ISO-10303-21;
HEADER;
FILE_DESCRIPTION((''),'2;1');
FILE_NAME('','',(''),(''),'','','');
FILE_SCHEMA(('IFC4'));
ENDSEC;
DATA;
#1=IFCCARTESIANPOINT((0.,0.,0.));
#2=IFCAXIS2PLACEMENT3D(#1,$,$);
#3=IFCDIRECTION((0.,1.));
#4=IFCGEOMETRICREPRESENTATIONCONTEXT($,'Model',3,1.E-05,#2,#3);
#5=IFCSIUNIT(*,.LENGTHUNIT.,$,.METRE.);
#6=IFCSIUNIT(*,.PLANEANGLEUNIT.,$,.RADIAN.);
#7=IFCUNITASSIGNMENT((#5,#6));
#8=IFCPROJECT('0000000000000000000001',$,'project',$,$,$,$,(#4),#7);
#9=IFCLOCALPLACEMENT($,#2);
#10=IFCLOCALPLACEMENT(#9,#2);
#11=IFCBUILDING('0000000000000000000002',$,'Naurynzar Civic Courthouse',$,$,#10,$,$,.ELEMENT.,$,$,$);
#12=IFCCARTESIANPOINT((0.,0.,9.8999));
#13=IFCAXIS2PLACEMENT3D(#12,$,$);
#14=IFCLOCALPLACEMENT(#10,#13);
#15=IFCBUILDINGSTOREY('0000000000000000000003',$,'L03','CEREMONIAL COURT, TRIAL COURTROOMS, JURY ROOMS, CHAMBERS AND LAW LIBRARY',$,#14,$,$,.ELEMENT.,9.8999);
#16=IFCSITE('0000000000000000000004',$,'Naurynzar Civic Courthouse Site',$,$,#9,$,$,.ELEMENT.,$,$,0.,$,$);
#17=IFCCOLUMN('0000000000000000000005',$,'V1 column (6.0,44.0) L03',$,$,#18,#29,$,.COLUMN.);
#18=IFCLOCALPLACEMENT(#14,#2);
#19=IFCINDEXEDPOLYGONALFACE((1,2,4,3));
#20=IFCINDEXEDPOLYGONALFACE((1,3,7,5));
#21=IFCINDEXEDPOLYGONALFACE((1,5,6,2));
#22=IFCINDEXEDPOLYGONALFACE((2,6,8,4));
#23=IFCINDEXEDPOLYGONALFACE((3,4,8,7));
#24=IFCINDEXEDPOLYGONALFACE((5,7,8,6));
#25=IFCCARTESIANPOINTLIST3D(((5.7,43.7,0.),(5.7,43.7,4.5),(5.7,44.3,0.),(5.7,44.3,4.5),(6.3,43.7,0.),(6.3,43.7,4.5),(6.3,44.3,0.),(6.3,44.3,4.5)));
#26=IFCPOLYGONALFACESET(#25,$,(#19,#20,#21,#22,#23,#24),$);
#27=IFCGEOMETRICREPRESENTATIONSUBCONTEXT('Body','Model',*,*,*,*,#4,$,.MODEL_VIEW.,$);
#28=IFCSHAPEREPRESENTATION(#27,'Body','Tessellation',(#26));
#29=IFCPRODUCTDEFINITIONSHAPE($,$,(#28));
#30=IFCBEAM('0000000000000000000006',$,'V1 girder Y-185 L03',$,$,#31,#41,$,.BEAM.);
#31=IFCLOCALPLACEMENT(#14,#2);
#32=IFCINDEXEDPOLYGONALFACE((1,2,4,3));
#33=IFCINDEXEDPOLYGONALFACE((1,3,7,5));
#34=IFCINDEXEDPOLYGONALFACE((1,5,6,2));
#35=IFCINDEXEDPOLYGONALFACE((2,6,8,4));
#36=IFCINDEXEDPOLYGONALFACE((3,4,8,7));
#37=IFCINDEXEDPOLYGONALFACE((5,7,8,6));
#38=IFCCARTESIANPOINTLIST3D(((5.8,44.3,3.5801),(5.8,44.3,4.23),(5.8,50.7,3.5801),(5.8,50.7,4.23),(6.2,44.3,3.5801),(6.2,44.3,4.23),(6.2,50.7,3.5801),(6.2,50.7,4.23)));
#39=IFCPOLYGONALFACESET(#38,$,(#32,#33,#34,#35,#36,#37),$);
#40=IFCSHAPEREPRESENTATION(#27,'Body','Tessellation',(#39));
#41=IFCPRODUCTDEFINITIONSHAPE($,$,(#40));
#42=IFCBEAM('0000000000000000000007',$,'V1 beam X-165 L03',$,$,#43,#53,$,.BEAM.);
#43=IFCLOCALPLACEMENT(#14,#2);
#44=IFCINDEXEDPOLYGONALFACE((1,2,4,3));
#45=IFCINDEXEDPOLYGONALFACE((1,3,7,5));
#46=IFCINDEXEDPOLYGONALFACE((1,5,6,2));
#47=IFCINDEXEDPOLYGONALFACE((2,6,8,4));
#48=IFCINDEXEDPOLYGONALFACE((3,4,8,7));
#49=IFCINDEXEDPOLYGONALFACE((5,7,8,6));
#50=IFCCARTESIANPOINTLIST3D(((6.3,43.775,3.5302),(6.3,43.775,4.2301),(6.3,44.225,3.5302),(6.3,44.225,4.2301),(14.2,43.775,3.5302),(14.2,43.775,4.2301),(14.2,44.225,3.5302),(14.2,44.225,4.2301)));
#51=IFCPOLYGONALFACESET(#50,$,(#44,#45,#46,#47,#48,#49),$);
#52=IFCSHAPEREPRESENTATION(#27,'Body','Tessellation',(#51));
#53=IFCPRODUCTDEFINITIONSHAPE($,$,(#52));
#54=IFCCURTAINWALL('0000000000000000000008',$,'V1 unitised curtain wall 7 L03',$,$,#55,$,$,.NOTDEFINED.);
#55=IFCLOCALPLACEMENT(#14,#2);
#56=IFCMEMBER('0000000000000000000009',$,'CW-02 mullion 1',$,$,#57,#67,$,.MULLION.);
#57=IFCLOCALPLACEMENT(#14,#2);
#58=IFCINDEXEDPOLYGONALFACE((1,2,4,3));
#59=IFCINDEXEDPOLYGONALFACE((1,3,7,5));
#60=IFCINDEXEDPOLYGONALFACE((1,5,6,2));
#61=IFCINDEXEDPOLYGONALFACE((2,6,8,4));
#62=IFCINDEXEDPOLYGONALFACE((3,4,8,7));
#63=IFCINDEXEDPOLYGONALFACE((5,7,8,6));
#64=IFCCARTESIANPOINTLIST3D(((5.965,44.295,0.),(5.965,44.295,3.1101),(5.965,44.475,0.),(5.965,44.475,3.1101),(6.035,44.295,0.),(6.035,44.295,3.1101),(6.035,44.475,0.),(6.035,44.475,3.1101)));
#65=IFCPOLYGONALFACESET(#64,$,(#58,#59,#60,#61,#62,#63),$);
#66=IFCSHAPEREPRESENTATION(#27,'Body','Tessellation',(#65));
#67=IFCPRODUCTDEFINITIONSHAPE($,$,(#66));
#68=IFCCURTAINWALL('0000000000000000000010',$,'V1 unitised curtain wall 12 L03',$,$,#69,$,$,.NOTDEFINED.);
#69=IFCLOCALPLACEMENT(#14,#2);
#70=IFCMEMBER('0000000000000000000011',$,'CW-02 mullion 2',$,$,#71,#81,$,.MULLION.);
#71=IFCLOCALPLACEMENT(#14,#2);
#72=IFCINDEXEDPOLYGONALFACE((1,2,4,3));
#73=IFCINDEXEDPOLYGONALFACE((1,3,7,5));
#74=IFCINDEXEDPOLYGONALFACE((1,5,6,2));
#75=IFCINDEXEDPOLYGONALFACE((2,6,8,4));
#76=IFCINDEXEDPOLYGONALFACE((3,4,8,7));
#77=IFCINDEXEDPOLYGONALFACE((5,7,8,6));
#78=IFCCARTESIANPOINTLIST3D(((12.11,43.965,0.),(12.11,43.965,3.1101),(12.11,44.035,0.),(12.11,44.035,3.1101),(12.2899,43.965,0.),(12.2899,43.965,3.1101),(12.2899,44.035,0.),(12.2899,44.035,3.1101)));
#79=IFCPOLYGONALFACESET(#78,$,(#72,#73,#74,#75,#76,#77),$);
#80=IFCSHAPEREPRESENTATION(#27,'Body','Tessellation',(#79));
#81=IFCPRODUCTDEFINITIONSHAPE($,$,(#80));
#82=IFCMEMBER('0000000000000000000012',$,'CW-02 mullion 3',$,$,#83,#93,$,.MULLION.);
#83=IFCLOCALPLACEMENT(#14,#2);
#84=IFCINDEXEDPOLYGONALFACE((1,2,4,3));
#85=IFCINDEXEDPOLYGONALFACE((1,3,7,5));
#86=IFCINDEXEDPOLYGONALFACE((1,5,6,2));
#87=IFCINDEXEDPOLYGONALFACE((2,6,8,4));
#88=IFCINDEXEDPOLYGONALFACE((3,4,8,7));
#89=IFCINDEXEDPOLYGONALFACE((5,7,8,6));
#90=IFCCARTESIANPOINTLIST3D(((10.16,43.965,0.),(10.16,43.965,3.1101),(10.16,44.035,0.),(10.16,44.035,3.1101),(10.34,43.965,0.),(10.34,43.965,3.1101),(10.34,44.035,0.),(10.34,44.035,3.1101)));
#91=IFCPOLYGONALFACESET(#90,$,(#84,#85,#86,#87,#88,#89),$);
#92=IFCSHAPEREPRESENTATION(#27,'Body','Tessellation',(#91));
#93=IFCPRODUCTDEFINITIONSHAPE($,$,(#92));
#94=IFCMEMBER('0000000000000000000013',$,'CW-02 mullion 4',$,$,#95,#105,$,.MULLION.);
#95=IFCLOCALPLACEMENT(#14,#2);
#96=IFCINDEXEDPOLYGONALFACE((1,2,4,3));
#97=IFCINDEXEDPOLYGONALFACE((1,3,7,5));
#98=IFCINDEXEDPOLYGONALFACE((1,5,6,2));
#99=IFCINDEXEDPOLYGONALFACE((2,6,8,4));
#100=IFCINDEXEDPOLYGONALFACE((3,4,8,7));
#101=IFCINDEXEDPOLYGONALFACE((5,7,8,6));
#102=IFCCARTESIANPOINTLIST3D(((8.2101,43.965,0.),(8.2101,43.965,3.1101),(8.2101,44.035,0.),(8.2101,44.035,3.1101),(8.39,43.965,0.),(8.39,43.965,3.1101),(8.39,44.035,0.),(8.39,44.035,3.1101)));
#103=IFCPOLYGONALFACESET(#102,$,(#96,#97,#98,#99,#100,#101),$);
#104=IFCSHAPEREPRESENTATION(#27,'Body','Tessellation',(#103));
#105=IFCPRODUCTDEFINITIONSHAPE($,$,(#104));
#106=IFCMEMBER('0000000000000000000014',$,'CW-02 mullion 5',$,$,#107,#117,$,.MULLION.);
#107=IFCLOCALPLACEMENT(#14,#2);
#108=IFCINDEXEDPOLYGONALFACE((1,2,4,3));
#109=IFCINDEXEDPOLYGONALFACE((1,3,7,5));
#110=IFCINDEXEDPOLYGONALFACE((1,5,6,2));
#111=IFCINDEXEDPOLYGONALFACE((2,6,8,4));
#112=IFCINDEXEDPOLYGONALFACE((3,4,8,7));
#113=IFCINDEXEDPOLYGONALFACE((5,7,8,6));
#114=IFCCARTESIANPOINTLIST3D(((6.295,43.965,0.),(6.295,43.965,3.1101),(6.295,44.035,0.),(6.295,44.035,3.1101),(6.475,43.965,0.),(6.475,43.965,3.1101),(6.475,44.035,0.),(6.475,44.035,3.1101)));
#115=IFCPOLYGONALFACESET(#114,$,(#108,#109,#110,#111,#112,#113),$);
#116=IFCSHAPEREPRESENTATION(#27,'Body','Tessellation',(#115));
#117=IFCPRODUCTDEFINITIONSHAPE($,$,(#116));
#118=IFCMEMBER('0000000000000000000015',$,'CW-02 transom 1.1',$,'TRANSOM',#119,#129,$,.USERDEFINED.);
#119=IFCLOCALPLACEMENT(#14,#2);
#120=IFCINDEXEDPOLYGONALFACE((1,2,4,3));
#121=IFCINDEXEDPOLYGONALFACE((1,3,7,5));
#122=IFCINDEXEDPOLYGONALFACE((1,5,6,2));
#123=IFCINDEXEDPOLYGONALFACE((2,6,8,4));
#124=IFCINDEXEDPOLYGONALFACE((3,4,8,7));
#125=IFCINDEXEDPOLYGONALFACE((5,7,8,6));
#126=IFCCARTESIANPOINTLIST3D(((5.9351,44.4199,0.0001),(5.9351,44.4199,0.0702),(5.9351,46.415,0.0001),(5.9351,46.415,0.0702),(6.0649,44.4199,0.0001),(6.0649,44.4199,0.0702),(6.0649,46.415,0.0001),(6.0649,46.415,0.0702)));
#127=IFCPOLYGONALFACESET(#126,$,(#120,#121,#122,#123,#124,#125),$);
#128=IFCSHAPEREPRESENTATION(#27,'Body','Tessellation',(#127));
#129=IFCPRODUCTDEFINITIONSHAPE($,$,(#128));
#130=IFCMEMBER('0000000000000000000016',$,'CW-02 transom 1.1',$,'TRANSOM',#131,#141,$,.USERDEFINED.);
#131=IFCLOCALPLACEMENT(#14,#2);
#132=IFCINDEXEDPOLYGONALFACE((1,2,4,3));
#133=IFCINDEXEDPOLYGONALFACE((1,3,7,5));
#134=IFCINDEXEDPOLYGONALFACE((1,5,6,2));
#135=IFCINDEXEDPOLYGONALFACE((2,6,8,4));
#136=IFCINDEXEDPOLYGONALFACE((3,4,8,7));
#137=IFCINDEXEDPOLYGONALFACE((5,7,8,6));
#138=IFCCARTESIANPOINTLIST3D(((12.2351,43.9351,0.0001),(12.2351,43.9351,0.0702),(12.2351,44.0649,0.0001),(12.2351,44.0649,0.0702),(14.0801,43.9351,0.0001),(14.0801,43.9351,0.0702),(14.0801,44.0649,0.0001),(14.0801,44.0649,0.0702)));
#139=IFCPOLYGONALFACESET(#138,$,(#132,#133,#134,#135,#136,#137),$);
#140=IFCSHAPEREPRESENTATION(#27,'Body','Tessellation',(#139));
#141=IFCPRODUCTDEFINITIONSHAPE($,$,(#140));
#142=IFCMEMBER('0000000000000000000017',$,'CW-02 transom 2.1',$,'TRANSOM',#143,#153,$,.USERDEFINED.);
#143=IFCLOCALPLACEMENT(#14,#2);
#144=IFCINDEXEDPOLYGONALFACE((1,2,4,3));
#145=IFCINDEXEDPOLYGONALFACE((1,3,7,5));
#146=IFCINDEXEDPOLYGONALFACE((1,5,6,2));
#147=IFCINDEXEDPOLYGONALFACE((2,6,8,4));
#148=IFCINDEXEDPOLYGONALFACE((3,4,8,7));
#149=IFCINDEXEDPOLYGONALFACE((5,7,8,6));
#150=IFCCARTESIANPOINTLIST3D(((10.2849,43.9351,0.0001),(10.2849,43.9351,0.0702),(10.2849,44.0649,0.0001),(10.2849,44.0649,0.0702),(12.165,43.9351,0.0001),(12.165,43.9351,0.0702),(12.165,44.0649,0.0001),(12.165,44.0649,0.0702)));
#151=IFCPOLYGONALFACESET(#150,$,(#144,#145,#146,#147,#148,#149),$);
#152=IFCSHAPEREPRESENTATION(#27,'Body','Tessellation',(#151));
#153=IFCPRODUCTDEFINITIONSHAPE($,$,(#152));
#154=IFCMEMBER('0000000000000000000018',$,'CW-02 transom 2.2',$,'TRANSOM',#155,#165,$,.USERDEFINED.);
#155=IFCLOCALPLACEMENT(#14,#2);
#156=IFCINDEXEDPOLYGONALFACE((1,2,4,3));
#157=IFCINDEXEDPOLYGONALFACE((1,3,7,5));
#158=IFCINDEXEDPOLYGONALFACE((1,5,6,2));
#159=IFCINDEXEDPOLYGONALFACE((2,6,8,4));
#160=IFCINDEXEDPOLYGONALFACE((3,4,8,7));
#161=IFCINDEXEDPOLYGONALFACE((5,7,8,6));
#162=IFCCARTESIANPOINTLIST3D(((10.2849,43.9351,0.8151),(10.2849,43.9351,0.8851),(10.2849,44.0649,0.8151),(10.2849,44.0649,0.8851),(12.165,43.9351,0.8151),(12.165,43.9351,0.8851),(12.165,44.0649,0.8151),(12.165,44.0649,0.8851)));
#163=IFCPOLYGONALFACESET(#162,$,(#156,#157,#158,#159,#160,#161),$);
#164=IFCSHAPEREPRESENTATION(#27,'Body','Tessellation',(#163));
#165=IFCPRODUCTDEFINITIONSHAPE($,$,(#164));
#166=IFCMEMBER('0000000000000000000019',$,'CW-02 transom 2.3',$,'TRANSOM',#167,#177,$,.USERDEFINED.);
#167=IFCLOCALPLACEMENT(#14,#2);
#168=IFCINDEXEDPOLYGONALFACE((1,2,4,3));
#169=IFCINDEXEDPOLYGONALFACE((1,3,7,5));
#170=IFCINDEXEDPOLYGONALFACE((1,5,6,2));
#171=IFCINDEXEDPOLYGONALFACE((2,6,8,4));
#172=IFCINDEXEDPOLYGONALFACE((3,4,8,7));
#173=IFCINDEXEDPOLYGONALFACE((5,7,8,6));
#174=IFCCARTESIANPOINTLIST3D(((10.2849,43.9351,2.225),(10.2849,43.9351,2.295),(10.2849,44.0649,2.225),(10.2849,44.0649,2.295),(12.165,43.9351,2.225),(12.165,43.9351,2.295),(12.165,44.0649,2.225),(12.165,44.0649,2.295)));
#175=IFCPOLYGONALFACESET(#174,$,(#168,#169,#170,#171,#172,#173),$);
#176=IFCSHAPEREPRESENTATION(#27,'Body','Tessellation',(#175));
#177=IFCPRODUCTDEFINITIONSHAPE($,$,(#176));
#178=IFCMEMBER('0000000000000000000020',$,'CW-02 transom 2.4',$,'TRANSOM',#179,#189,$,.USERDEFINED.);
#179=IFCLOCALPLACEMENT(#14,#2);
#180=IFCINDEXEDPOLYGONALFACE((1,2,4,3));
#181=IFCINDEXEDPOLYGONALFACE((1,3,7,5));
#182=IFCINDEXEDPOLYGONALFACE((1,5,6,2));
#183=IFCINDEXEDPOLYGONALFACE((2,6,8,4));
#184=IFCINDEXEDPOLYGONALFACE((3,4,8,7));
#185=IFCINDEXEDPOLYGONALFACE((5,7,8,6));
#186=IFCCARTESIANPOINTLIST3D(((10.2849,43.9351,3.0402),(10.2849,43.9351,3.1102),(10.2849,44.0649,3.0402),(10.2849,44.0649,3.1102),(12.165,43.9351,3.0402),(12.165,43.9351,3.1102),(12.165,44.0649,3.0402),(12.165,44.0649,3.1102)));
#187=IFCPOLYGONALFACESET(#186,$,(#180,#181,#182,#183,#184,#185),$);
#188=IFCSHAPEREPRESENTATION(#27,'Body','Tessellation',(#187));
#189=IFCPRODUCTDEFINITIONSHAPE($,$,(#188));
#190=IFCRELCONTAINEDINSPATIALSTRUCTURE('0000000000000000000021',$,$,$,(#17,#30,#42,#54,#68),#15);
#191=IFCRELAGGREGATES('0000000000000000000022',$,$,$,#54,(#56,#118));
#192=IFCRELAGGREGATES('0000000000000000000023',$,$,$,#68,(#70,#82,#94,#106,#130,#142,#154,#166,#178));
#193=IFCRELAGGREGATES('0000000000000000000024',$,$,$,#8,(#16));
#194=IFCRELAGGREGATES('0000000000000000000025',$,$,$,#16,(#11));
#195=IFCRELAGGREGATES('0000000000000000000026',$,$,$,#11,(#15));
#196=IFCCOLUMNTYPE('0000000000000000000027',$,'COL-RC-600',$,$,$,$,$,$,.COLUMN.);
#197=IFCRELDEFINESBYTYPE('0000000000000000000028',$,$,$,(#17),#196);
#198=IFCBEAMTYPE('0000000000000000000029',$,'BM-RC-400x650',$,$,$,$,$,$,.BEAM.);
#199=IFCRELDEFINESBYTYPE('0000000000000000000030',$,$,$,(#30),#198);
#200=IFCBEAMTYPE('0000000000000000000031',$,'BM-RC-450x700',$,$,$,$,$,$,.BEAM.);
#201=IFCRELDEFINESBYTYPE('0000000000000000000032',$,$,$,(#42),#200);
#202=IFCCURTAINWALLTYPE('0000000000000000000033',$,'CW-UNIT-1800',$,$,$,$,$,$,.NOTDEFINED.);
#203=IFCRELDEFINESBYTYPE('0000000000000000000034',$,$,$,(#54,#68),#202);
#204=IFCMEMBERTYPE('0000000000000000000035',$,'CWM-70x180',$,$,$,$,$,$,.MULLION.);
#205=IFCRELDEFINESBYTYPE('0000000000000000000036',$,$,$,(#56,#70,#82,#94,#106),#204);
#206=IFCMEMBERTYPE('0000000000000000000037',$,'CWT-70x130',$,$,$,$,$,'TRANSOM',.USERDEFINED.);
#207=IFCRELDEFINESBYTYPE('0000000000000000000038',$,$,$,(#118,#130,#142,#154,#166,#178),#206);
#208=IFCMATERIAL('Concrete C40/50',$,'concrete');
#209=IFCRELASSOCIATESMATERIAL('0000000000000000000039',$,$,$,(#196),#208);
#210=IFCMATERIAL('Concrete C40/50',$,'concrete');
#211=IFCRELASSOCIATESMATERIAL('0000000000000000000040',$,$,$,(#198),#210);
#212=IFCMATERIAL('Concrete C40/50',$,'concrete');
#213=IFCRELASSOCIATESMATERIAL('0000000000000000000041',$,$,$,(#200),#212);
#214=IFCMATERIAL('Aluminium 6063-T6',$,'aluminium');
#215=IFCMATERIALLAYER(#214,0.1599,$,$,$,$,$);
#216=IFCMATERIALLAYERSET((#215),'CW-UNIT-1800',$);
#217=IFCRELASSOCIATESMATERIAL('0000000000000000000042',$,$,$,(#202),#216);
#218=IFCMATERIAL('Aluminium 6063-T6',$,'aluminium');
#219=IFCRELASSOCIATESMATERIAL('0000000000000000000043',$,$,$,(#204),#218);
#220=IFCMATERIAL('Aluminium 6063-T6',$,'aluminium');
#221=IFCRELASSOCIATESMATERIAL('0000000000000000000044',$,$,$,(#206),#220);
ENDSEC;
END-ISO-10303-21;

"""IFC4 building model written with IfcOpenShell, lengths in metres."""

from ifc_helpers import new_model, si_unit, direction, frame, origin, origin_2d, place, context, subcontext, project, spatial, rectangle, extrude, material, layer, layer_set, material_profile, profile_set, type_object, element, aggregate, save


model = new_model("IFC4")

# Units and contexts
model_context = context("Model", 3, precision=1e-05, world=origin(), true_north=direction((0.0, 1.0)))
body_context = subcontext(model_context, "Body", "Model", "MODEL_VIEW")
ifc_project = project(units=[si_unit("LENGTHUNIT", "METRE"), si_unit("PLANEANGLEUNIT", "RADIAN")], contexts=[model_context])

# Site, building, storey
site_placement = place(None, origin())
site = spatial("IfcSite", under=ifc_project, at=site_placement, Name="Naurynzar Civic Courthouse Site", CompositionType="ELEMENT", RefElevation=0.0)
building_placement = place(site_placement, origin())
building = spatial("IfcBuilding", under=site, at=building_placement, Name="Naurynzar Civic Courthouse", CompositionType="ELEMENT")
storey_placement = place(building_placement, frame((0.0, 0.0, 9.8999)))
storey = spatial("IfcBuildingStorey", under=building, at=storey_placement, Name="L03", Description="CEREMONIAL COURT, TRIAL COURTROOMS, JURY ROOMS, CHAMBERS AND LAW LIBRARY", CompositionType="ELEMENT", Elevation=9.8999)

# Column
ifc_material_1 = material(Name="Concrete C40/50", Category="concrete")
ifc_material_profile_1 = material_profile(ifc_material_1, rectangle(XDim=0.6001, YDim=0.6001, at=origin_2d()), Name="RC 600x600")
ifc_profile_set_1 = profile_set([ifc_material_profile_1], Name="Concrete C40/50")
column_type = type_object("IfcColumnType", Name="COL-RC-600", PredefinedType="COLUMN", material=ifc_profile_set_1)
column_placement = place(storey_placement, frame((6.0, 44.0, 0.0), z_axis=(0.0, 0.0, 1.0), x_axis=(1.0, 0.0, 0.0)))
element("IfcColumn", 1, at=column_placement, inside=storey, type_object=column_type, Name="V1 column (6.0,44.0) L03", PredefinedType="COLUMN", context=body_context, shape_type="SweptSolid", body=[
    extrude(rectangle(XDim=0.6001, YDim=0.6001, at=origin_2d()), origin(), (0.0, 0.0, 1.0), 4.5),
])

# Beams
ifc_material_2 = material(Name="Concrete C40/50", Category="concrete")
ifc_material_profile_2 = material_profile(ifc_material_2, rectangle(XDim=0.3999, YDim=0.6499, at=origin_2d()), Name="RCB 400x650")
ifc_profile_set_2 = profile_set([ifc_material_profile_2], Name="Concrete C40/50")
beam_type_1 = type_object("IfcBeamType", Name="BM-RC-400x650", PredefinedType="BEAM", material=ifc_profile_set_2)
beam_1_placement = place(storey_placement, frame((6.0, 44.3, 3.905), z_axis=(0.0, 1.0, 0.0), x_axis=(-1.0, 0.0, 0.0)))
element("IfcBeam", 2, at=beam_1_placement, inside=storey, type_object=beam_type_1, Name="V1 girder Y-185 L03", PredefinedType="BEAM", context=body_context, shape_type="SweptSolid", body=[
    extrude(rectangle(XDim=0.3999, YDim=0.6499, at=origin_2d()), origin(), (0.0, 0.0, 1.0), 6.3999),
])
ifc_material_3 = material(Name="Concrete C40/50", Category="concrete")
ifc_material_profile_3 = material_profile(ifc_material_3, rectangle(XDim=0.45, YDim=0.7, at=origin_2d()), Name="RCB 450x700")
ifc_profile_set_3 = profile_set([ifc_material_profile_3], Name="Concrete C40/50")
beam_type_2 = type_object("IfcBeamType", Name="BM-RC-450x700", PredefinedType="BEAM", material=ifc_profile_set_3)
beam_2_placement = place(storey_placement, frame((6.3, 44.0, 3.8801), z_axis=(1.0, 0.0, 0.0), x_axis=(0.0, 1.0, 0.0)))
element("IfcBeam", 3, at=beam_2_placement, inside=storey, type_object=beam_type_2, Name="V1 beam X-165 L03", PredefinedType="BEAM", context=body_context, shape_type="SweptSolid", body=[
    extrude(rectangle(XDim=0.45, YDim=0.7, at=origin_2d()), origin(), (0.0, 0.0, 1.0), 7.8999),
])

# Curtain wall, member
ifc_material_4 = material(Name="Aluminium 6063-T6", Category="aluminium")
ifc_layer_1 = layer(ifc_material_4, 0.1599)
ifc_layer_set_1 = layer_set([ifc_layer_1], Name="CW-UNIT-1800")
curtain_wall_type = type_object("IfcCurtainWallType", Name="CW-UNIT-1800", PredefinedType="NOTDEFINED", material=ifc_layer_set_1)
curtain_wall_1_placement = place(storey_placement, origin())
curtain_wall_1 = element("IfcCurtainWall", 4, at=curtain_wall_1_placement, inside=storey, type_object=curtain_wall_type, Name="V1 unitised curtain wall 7 L03", PredefinedType="NOTDEFINED")
ifc_material_5 = material(Name="Aluminium 6063-T6", Category="aluminium")
ifc_material_profile_4 = material_profile(ifc_material_5, rectangle(XDim=0.0701, YDim=0.1799, at=origin_2d()), Name="ALU MULLION 70x180")
ifc_profile_set_4 = profile_set([ifc_material_profile_4], Name="Aluminium 6063-T6")
member_type_1 = type_object("IfcMemberType", Name="CWM-70x180", PredefinedType="MULLION", material=ifc_profile_set_4)
member_1_placement = place(storey_placement, frame((6.0, 44.385, 0.0), z_axis=(0.0, 0.0, 1.0), x_axis=(-1.0, 0.0, 0.0)))
member_1 = element("IfcMember", 5, at=member_1_placement, type_object=member_type_1, Name="CW-02 mullion 1", PredefinedType="MULLION", context=body_context, shape_type="SweptSolid", body=[
    extrude(rectangle(XDim=0.0701, YDim=0.1799, at=origin_2d()), origin(), (0.0, 0.0, 1.0), 3.1101),
])

# Curtain wall, members
curtain_wall_2_placement = place(storey_placement, origin())
curtain_wall_2 = element("IfcCurtainWall", 6, at=curtain_wall_2_placement, inside=storey, type_object=curtain_wall_type, Name="V1 unitised curtain wall 12 L03", PredefinedType="NOTDEFINED")
member_2_placement = place(storey_placement, frame((12.2, 44.0, 0.0), z_axis=(0.0, 0.0, 1.0), x_axis=(0.0, -1.0, 0.0)))
member_2 = element("IfcMember", 7, at=member_2_placement, type_object=member_type_1, Name="CW-02 mullion 2", PredefinedType="MULLION", context=body_context, shape_type="SweptSolid", body=[
    extrude(rectangle(XDim=0.0701, YDim=0.1799, at=origin_2d()), origin(), (0.0, 0.0, 1.0), 3.1101),
])
member_3_placement = place(storey_placement, frame((10.25, 44.0, 0.0), z_axis=(0.0, 0.0, 1.0), x_axis=(0.0, -1.0, 0.0)))
member_3 = element("IfcMember", 8, at=member_3_placement, type_object=member_type_1, Name="CW-02 mullion 3", PredefinedType="MULLION", context=body_context, shape_type="SweptSolid", body=[
    extrude(rectangle(XDim=0.0701, YDim=0.1799, at=origin_2d()), origin(), (0.0, 0.0, 1.0), 3.1101),
])
member_4_placement = place(storey_placement, frame((8.3, 44.0, 0.0), z_axis=(0.0, 0.0, 1.0), x_axis=(0.0, -1.0, 0.0)))
member_4 = element("IfcMember", 9, at=member_4_placement, type_object=member_type_1, Name="CW-02 mullion 4", PredefinedType="MULLION", context=body_context, shape_type="SweptSolid", body=[
    extrude(rectangle(XDim=0.0701, YDim=0.1799, at=origin_2d()), origin(), (0.0, 0.0, 1.0), 3.1101),
])
member_5_placement = place(storey_placement, frame((6.385, 44.0, 0.0), z_axis=(0.0, 0.0, 1.0), x_axis=(0.0, -1.0, 0.0)))
member_5 = element("IfcMember", 10, at=member_5_placement, type_object=member_type_1, Name="CW-02 mullion 5", PredefinedType="MULLION", context=body_context, shape_type="SweptSolid", body=[
    extrude(rectangle(XDim=0.0701, YDim=0.1799, at=origin_2d()), origin(), (0.0, 0.0, 1.0), 3.1101),
])

# Members
ifc_material_6 = material(Name="Aluminium 6063-T6", Category="aluminium")
ifc_material_profile_5 = material_profile(ifc_material_6, rectangle(XDim=0.1299, YDim=0.0701, at=origin_2d()), Name="ALU TRANSOM 70x130")
ifc_profile_set_5 = profile_set([ifc_material_profile_5], Name="Aluminium 6063-T6")
member_type_2 = type_object("IfcMemberType", Name="CWT-70x130", ElementType="TRANSOM", PredefinedType="USERDEFINED", material=ifc_profile_set_5)
member_6_placement = place(storey_placement, frame((6.0, 44.4199, 0.0352), z_axis=(0.0, 1.0, 0.0), x_axis=(-1.0, 0.0, 0.0)))
member_6 = element("IfcMember", 11, at=member_6_placement, type_object=member_type_2, Name="CW-02 transom 1.1", ObjectType="TRANSOM", PredefinedType="USERDEFINED", context=body_context, shape_type="SweptSolid", body=[
    extrude(rectangle(XDim=0.1299, YDim=0.0701, at=origin_2d()), origin(), (0.0, 0.0, 1.0), 1.9951),
])
aggregate(curtain_wall_1, [member_1, member_6])
member_7_placement = place(storey_placement, frame((14.0801, 44.0, 0.0352), z_axis=(-1.0, 0.0, 0.0), x_axis=(0.0, -1.0, 0.0)))
member_7 = element("IfcMember", 12, at=member_7_placement, type_object=member_type_2, Name="CW-02 transom 1.1", ObjectType="TRANSOM", PredefinedType="USERDEFINED", context=body_context, shape_type="SweptSolid", body=[
    extrude(rectangle(XDim=0.1299, YDim=0.0701, at=origin_2d()), origin(), (0.0, 0.0, 1.0), 1.845),
])
member_8_placement = place(storey_placement, frame((12.165, 44.0, 0.0352), z_axis=(-1.0, 0.0, 0.0), x_axis=(0.0, -1.0, 0.0)))
member_8 = element("IfcMember", 13, at=member_8_placement, type_object=member_type_2, Name="CW-02 transom 2.1", ObjectType="TRANSOM", PredefinedType="USERDEFINED", context=body_context, shape_type="SweptSolid", body=[
    extrude(rectangle(XDim=0.1299, YDim=0.0701, at=origin_2d()), origin(), (0.0, 0.0, 1.0), 1.8801),
])
member_9_placement = place(storey_placement, frame((12.165, 44.0, 0.8501), z_axis=(-1.0, 0.0, 0.0), x_axis=(0.0, -1.0, 0.0)))
member_9 = element("IfcMember", 14, at=member_9_placement, type_object=member_type_2, Name="CW-02 transom 2.2", ObjectType="TRANSOM", PredefinedType="USERDEFINED", context=body_context, shape_type="SweptSolid", body=[
    extrude(rectangle(XDim=0.1299, YDim=0.0701, at=origin_2d()), origin(), (0.0, 0.0, 1.0), 1.8801),
])
member_10_placement = place(storey_placement, frame((12.165, 44.0, 2.26), z_axis=(-1.0, 0.0, 0.0), x_axis=(0.0, -1.0, 0.0)))
member_10 = element("IfcMember", 15, at=member_10_placement, type_object=member_type_2, Name="CW-02 transom 2.3", ObjectType="TRANSOM", PredefinedType="USERDEFINED", context=body_context, shape_type="SweptSolid", body=[
    extrude(rectangle(XDim=0.1299, YDim=0.0701, at=origin_2d()), origin(), (0.0, 0.0, 1.0), 1.8801),
])
member_11_placement = place(storey_placement, frame((12.165, 44.0, 3.0752), z_axis=(-1.0, 0.0, 0.0), x_axis=(0.0, -1.0, 0.0)))
member_11 = element("IfcMember", 16, at=member_11_placement, type_object=member_type_2, Name="CW-02 transom 2.4", ObjectType="TRANSOM", PredefinedType="USERDEFINED", context=body_context, shape_type="SweptSolid", body=[
    extrude(rectangle(XDim=0.1299, YDim=0.0701, at=origin_2d()), origin(), (0.0, 0.0, 1.0), 1.8801),
])

aggregate(curtain_wall_2, [member_2, member_3, member_4, member_5, member_7, member_8, member_9, member_10, member_11])

save(model, "model.ifc")
